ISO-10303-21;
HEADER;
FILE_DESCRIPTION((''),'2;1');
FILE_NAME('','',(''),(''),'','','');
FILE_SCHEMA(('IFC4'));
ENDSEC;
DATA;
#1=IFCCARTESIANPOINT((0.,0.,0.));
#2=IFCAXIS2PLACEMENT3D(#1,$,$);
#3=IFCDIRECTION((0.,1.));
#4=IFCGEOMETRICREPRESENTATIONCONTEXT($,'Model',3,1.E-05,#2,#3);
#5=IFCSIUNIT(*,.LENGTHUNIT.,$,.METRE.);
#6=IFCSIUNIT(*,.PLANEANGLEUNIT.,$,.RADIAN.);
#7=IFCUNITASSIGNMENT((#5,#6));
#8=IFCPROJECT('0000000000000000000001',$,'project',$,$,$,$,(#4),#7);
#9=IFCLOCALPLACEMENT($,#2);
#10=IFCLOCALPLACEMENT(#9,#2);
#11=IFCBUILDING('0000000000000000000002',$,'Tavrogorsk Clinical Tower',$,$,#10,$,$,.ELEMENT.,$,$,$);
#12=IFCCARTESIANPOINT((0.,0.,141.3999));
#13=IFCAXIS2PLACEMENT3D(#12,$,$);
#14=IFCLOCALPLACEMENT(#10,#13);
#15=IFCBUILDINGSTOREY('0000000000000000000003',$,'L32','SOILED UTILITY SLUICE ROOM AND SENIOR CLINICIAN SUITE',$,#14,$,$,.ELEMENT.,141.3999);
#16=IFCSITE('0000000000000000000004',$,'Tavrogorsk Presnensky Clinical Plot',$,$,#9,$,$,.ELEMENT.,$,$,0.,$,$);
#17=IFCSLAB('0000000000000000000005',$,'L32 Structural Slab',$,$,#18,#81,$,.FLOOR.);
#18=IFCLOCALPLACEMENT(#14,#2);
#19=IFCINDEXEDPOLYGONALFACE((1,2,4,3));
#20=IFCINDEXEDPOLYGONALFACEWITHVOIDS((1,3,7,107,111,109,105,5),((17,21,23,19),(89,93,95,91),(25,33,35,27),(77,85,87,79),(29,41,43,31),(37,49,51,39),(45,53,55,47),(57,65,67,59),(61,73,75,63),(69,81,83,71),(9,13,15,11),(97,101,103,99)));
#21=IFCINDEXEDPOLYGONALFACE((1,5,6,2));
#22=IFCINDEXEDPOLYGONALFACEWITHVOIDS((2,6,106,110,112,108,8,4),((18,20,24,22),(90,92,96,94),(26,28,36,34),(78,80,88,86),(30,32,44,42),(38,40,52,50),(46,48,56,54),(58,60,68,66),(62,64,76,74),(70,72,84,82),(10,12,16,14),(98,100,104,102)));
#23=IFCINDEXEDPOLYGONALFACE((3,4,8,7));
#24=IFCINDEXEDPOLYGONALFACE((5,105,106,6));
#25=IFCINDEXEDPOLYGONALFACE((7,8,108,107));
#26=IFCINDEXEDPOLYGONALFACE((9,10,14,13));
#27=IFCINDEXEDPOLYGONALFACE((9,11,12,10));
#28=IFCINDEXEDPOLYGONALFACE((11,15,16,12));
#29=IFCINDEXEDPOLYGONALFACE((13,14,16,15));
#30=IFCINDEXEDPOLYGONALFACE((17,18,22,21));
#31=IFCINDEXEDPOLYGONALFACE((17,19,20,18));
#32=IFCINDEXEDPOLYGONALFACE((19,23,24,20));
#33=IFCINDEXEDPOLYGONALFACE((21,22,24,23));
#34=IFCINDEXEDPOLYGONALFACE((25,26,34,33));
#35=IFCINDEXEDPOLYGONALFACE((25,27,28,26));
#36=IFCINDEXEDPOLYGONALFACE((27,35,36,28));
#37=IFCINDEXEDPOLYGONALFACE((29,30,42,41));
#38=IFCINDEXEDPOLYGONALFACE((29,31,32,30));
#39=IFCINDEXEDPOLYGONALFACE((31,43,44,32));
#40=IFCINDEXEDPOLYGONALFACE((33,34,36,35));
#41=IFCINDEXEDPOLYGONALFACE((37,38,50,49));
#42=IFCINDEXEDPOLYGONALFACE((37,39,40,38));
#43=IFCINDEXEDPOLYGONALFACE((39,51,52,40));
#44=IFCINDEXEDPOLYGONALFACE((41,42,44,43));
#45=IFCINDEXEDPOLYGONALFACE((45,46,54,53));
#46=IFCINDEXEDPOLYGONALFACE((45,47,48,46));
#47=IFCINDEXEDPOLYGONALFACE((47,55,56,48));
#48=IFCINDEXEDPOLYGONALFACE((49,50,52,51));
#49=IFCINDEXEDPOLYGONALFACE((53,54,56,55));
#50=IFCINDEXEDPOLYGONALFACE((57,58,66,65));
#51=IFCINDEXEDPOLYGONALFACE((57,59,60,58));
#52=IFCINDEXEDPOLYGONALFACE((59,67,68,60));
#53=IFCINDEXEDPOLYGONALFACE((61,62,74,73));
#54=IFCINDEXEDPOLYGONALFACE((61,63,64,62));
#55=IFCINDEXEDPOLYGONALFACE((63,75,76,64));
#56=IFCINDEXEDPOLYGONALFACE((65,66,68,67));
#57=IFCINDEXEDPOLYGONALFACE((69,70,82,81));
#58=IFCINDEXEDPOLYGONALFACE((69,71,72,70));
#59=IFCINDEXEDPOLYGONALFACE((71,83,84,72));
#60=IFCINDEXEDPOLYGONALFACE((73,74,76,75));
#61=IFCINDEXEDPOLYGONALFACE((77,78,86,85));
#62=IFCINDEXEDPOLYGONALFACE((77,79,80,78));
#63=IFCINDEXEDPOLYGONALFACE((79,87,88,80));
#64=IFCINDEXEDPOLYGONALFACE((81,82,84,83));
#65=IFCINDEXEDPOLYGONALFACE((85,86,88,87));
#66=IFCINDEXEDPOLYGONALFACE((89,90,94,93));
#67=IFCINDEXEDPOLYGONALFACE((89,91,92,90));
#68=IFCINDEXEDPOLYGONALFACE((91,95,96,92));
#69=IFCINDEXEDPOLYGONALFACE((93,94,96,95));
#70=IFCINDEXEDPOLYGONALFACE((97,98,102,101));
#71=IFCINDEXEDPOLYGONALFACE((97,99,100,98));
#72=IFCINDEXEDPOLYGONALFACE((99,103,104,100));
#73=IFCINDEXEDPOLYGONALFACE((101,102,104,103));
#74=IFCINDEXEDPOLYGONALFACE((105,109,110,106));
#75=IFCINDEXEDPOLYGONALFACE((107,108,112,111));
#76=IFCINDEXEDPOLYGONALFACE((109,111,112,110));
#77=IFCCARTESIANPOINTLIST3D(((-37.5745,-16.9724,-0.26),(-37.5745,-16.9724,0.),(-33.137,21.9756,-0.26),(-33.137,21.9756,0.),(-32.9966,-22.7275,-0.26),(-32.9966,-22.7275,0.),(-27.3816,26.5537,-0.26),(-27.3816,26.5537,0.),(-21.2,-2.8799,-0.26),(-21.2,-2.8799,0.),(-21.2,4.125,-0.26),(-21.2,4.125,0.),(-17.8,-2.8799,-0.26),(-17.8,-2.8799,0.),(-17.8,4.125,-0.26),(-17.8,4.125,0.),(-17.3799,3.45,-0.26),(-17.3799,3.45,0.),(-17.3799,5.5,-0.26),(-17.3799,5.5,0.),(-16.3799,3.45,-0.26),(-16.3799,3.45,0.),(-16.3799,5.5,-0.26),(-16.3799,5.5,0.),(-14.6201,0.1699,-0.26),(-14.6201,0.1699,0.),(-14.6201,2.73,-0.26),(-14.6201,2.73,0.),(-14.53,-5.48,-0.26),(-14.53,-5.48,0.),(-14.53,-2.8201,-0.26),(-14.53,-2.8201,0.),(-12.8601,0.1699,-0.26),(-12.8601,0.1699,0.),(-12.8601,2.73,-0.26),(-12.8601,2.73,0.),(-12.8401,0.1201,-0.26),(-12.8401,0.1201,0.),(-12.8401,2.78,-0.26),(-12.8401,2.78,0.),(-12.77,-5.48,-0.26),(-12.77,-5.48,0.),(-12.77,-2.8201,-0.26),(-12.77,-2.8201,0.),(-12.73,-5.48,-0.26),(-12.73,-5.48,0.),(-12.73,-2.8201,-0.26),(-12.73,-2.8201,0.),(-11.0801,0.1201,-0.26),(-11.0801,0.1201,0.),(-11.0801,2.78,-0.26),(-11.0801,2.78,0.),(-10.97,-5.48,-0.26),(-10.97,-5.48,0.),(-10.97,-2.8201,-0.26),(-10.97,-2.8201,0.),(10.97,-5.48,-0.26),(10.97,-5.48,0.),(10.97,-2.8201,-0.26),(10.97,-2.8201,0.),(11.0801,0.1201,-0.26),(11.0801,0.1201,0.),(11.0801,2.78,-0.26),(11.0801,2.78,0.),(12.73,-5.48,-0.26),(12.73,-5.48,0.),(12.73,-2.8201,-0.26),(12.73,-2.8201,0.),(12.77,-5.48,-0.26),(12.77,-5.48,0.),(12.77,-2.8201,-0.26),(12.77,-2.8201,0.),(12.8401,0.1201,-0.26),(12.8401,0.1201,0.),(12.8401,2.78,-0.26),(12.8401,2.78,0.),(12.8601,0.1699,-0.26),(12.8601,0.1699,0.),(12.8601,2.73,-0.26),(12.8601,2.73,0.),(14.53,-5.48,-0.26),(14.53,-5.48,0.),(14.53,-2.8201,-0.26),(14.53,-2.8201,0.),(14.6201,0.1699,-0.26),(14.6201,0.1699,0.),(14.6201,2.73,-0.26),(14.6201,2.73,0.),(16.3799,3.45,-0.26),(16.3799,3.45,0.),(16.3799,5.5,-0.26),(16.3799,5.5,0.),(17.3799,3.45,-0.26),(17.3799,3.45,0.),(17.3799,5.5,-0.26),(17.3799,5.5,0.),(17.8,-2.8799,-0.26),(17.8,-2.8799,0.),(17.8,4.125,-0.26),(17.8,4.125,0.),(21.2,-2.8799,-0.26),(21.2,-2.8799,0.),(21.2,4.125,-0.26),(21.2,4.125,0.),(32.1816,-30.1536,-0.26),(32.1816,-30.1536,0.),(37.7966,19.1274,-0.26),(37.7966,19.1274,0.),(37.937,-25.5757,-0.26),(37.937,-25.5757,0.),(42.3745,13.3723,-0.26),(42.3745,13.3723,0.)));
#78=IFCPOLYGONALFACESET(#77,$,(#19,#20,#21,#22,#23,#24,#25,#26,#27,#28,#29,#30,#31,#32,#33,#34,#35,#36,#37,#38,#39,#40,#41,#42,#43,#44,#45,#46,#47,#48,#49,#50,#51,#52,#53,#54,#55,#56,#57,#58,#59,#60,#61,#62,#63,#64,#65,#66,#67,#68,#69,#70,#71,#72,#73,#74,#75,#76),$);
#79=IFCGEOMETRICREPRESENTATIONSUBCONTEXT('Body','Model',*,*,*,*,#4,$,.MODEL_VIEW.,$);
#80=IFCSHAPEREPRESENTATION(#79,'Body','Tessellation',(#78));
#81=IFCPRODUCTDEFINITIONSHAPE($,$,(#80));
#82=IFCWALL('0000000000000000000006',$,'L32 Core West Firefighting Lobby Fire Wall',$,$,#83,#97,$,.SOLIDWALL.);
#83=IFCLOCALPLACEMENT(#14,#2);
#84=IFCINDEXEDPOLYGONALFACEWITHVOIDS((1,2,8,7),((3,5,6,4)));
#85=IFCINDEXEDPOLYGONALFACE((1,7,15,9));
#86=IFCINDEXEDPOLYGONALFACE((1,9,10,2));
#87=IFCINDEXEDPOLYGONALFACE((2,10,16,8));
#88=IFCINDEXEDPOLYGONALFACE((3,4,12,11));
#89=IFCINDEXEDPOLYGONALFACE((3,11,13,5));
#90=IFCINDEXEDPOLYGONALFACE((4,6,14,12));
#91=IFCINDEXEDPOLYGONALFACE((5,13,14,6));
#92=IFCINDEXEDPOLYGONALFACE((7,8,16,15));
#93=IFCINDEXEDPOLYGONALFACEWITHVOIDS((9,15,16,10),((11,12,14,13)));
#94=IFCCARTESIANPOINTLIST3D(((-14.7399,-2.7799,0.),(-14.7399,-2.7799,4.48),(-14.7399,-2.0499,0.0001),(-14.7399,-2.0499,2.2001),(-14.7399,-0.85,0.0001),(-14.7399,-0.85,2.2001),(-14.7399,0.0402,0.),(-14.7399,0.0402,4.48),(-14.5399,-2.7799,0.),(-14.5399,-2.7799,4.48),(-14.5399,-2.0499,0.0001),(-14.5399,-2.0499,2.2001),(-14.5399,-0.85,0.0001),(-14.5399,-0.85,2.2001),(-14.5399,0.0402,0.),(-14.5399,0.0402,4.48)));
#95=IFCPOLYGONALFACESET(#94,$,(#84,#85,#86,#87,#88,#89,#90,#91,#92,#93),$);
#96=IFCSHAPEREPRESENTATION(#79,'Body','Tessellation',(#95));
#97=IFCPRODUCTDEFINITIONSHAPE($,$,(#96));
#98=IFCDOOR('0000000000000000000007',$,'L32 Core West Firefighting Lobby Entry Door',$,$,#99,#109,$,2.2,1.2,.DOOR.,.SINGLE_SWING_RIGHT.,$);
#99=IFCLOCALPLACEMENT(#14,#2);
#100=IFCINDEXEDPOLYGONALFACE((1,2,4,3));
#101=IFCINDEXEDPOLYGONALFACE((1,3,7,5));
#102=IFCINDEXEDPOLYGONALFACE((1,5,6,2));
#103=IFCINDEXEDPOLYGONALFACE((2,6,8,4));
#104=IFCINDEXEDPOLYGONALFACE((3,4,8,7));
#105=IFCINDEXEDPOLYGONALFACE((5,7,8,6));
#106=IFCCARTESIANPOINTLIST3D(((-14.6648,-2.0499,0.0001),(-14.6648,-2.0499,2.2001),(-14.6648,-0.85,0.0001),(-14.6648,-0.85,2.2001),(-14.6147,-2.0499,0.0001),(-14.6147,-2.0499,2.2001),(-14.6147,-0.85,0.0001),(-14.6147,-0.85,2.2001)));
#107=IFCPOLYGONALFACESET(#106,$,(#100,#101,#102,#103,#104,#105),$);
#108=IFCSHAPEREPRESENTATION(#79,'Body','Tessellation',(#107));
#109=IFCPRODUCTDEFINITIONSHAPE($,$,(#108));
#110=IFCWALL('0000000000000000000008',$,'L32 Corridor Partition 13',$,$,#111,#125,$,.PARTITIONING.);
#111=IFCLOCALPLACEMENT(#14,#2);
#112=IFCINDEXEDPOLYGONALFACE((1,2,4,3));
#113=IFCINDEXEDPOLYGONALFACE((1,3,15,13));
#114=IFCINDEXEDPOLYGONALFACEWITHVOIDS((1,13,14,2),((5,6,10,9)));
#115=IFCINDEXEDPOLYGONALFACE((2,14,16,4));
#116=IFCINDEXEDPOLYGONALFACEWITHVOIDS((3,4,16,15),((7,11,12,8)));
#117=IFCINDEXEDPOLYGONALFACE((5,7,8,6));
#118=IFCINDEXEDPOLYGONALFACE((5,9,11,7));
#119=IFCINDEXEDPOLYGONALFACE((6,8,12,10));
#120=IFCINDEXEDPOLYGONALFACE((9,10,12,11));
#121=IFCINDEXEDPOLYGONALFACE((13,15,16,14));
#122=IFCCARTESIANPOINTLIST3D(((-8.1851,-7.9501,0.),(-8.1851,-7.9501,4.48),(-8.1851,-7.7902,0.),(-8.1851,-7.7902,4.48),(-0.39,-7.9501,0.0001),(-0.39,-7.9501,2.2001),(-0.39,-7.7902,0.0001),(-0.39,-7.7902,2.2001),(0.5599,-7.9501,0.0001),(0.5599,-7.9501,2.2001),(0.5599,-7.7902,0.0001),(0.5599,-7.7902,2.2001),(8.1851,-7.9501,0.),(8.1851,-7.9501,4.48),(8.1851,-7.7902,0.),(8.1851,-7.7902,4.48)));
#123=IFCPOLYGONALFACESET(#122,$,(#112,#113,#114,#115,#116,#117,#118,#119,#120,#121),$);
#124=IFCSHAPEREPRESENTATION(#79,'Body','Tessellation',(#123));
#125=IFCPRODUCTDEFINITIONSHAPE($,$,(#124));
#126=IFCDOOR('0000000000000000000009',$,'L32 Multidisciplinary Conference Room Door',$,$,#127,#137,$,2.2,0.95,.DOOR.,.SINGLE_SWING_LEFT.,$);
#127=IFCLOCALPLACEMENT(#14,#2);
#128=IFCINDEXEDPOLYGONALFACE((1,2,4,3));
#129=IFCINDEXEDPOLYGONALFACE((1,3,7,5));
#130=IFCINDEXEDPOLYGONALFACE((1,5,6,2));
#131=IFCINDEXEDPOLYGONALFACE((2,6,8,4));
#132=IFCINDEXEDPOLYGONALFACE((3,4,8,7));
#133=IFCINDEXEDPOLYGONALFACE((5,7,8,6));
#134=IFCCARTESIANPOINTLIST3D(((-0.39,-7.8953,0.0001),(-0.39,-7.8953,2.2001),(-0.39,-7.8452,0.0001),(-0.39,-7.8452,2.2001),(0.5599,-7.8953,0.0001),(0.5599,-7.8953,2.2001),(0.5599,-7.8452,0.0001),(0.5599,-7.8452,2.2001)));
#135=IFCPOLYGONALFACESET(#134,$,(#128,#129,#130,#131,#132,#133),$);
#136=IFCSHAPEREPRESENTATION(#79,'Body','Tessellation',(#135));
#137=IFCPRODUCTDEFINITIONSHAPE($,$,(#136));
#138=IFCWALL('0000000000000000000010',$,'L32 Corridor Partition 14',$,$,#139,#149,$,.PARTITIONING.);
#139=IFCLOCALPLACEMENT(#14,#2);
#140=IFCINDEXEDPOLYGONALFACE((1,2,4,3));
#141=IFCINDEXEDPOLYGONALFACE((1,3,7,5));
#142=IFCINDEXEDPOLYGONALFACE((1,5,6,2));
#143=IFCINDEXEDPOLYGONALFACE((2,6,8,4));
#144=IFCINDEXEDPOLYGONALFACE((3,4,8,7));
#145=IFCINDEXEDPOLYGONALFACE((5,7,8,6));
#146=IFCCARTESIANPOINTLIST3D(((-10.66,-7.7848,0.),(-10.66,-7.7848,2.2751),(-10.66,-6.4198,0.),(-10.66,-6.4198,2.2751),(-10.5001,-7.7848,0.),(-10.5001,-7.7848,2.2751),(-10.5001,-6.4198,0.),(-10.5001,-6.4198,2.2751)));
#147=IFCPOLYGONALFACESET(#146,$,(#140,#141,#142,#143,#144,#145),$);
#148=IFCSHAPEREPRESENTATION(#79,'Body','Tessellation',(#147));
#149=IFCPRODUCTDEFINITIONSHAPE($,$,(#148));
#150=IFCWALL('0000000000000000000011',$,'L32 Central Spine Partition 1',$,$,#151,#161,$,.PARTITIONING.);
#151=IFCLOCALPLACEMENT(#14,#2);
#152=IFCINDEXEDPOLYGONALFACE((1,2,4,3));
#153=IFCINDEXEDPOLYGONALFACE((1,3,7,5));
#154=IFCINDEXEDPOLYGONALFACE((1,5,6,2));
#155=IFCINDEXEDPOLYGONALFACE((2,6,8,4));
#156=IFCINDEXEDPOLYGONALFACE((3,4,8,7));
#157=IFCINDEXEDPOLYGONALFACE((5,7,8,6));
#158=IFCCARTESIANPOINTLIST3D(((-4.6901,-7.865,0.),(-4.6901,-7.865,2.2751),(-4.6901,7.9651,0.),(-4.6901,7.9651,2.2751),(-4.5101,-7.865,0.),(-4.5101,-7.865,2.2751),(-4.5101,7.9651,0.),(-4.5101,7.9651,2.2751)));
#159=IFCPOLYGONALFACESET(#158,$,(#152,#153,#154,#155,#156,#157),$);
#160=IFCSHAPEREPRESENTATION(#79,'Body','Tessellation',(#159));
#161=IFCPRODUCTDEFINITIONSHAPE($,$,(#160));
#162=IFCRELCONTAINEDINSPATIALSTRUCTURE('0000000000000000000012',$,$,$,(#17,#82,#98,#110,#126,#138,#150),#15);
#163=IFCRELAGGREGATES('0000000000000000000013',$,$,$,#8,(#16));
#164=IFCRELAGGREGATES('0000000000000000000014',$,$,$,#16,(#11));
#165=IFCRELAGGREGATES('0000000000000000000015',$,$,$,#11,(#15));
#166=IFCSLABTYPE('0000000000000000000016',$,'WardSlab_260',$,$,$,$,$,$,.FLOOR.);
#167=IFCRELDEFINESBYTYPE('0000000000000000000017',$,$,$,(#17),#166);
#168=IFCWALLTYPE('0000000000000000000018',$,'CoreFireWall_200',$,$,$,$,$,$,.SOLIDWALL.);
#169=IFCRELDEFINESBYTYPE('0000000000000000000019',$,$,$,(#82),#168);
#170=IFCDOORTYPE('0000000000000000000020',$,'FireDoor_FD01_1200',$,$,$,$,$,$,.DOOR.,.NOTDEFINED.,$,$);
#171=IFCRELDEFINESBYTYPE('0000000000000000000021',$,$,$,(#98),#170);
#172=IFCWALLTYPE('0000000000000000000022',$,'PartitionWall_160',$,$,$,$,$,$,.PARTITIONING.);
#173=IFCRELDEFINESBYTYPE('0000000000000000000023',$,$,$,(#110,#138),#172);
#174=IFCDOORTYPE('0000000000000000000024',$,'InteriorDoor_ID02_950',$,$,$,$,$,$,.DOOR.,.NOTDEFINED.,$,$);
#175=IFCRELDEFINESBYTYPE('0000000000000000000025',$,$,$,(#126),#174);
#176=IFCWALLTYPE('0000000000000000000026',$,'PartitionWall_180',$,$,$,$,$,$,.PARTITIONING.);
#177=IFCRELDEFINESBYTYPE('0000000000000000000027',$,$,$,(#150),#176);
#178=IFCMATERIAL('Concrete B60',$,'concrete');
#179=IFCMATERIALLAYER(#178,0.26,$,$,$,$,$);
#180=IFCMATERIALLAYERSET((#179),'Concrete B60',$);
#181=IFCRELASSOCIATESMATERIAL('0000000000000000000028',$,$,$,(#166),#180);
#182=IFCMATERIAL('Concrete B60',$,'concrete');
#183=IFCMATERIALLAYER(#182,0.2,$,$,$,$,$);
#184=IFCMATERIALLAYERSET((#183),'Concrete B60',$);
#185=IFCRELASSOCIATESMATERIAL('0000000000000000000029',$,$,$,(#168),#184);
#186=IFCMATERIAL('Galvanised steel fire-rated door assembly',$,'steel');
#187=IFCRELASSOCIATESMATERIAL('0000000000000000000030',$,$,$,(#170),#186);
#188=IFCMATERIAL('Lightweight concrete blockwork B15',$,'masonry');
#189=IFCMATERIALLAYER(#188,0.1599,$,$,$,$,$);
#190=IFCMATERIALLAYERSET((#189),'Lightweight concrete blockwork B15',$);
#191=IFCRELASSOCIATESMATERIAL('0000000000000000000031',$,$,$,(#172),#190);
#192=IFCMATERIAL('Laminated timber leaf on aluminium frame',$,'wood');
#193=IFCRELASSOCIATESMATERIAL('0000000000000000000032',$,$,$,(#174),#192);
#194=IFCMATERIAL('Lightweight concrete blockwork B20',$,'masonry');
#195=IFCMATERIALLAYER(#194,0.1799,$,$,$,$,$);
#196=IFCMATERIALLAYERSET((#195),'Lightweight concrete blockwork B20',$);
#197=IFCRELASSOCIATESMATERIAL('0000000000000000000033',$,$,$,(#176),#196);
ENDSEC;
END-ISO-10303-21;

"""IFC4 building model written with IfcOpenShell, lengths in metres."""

from ifc_helpers import new_model, si_unit, direction, frame, frame_2d, origin, place, context, subcontext, project, spatial, polyline, rectangle, outline, extrude, material, layer, layer_set, type_object, element, fill, save


model = new_model("IFC4")

# Units and contexts
model_context = context("Model", 3, precision=1e-05, world=origin(), true_north=direction((0.0, 1.0)))
body_context = subcontext(model_context, "Body", "Model", "MODEL_VIEW")
ifc_project = project(units=[si_unit("LENGTHUNIT", "METRE"), si_unit("PLANEANGLEUNIT", "RADIAN")], contexts=[model_context])

# Site, building, storey
site_placement = place(None, origin())
site = spatial("IfcSite", under=ifc_project, at=site_placement, Name="Tavrogorsk Presnensky Clinical Plot", CompositionType="ELEMENT", RefElevation=0.0)
building_placement = place(site_placement, origin())
building = spatial("IfcBuilding", under=site, at=building_placement, Name="Tavrogorsk Clinical Tower", CompositionType="ELEMENT")
storey_placement = place(building_placement, frame((0.0, 0.0, 141.3999)))
storey = spatial("IfcBuildingStorey", under=building, at=storey_placement, Name="L32", Description="SOILED UTILITY SLUICE ROOM AND SENIOR CLINICIAN SUITE", CompositionType="ELEMENT", Elevation=141.3999)

# Slab
ifc_material_1 = material(Name="Concrete B60", Category="concrete")
ifc_layer_1 = layer(ifc_material_1, 0.26)
ifc_layer_set_1 = layer_set([ifc_layer_1], Name="Concrete B60")
slab_type_1 = type_object("IfcSlabType", Name="WardSlab_260", PredefinedType="FLOOR", material=ifc_layer_set_1)
slab_1_placement = place(storey_placement, frame((0.0, 0.0, -0.26)))
element("IfcSlab", 1, at=slab_1_placement, inside=storey, type_object=slab_type_1, Name="L32 Structural Slab", PredefinedType="FLOOR", context=body_context, shape_type="SweptSolid", body=[
    extrude(outline(polyline([(-32.9966, -22.7275), (32.1816, -30.1536), (37.937, -25.5757), (42.3745, 13.3723), (37.7966, 19.1274), (-27.3816, 26.5537), (-33.137, 21.9756), (-37.5745, -16.9724), (-32.9966, -22.7275)]), holes=[polyline([(-17.8, -2.8799), (-17.8, 4.125), (-21.2, 4.125), (-21.2, -2.8799), (-17.8, -2.8799)]), polyline([(21.2, -2.8799), (21.2, 4.125), (17.8, 4.125), (17.8, -2.8799), (21.2, -2.8799)]), polyline([(-14.6201, 0.1699), (-12.8601, 0.1699), (-12.8601, 2.73), (-14.6201, 2.73), (-14.6201, 0.1699)]), polyline([(-14.53, -5.48), (-12.77, -5.48), (-12.77, -2.8201), (-14.53, -2.8201), (-14.53, -5.48)]), polyline([(-12.73, -5.48), (-10.97, -5.48), (-10.97, -2.8201), (-12.73, -2.8201), (-12.73, -5.48)]), polyline([(-12.8401, 0.1201), (-11.0801, 0.1201), (-11.0801, 2.78), (-12.8401, 2.78), (-12.8401, 0.1201)]), polyline([(12.8601, 0.1699), (14.6201, 0.1699), (14.6201, 2.73), (12.8601, 2.73), (12.8601, 0.1699)]), polyline([(12.77, -5.48), (14.53, -5.48), (14.53, -2.8201), (12.77, -2.8201), (12.77, -5.48)]), polyline([(10.97, -5.48), (12.73, -5.48), (12.73, -2.8201), (10.97, -2.8201), (10.97, -5.48)]), polyline([(11.0801, 0.1201), (12.8401, 0.1201), (12.8401, 2.78), (11.0801, 2.78), (11.0801, 0.1201)]), polyline([(-17.3799, 3.45), (-16.3799, 3.45), (-16.3799, 5.5), (-17.3799, 5.5), (-17.3799, 3.45)]), polyline([(16.3799, 3.45), (17.3799, 3.45), (17.3799, 5.5), (16.3799, 5.5), (16.3799, 3.45)])]), origin(), (0.0, 0.0, 1.0), 0.26),
])

# Walls, openings, doors
ifc_material_2 = material(Name="Concrete B60", Category="concrete")
ifc_layer_2 = layer(ifc_material_2, 0.2)
ifc_layer_set_2 = layer_set([ifc_layer_2], Name="Concrete B60")
wall_type_1 = type_object("IfcWallType", Name="CoreFireWall_200", PredefinedType="SOLIDWALL", material=ifc_layer_set_2)
wall_1_placement = place(storey_placement, frame((-14.6399, -2.78, 0.0), z_axis=(0.0, 0.0, 1.0), x_axis=(0.0, 1.0, 0.0)))
wall_1 = element("IfcWall", 2, at=wall_1_placement, inside=storey, type_object=wall_type_1, Name="L32 Core West Firefighting Lobby Fire Wall", PredefinedType="SOLIDWALL", context=body_context, shape_type="SweptSolid", body=[
    extrude(rectangle(XDim=2.8201, YDim=0.2, at=frame_2d((1.4102, 0.0))), origin(), (0.0, 0.0, 1.0), 4.48),
])
opening_1_placement = place(wall_1_placement, frame((0.73, 0.0, 0.0)))
opening_1 = element("IfcOpeningElement", 3, at=opening_1_placement, cuts=wall_1, PredefinedType="OPENING", context=body_context, shape_type="SweptSolid", body=[
    extrude(rectangle(XDim=1.2, YDim=2.2, at=frame_2d((0.6001, 1.1001))), frame((0.0, 0.1099, 0.0), z_axis=(0.0, -1.0, 0.0), x_axis=(1.0, 0.0, 0.0)), (0.0, 0.0, 1.0), 0.22),
])
ifc_material_3 = material(Name="Galvanised steel fire-rated door assembly", Category="steel")
door_type_1 = type_object("IfcDoorType", Name="FireDoor_FD01_1200", OperationType="NOTDEFINED", PredefinedType="DOOR", material=ifc_material_3)
door_1_placement = place(opening_1_placement, origin())
door_1 = element("IfcDoor", 4, at=door_1_placement, inside=storey, type_object=door_type_1, Name="L32 Core West Firefighting Lobby Entry Door", OperationType="SINGLE_SWING_RIGHT", OverallHeight=2.2, OverallWidth=1.2, PredefinedType="DOOR", context=body_context, shape_type="SweptSolid", body=[
    extrude(rectangle(XDim=1.2, YDim=2.2, at=frame_2d((0.6001, 1.1001))), frame((0.0, 0.0249, 0.0), z_axis=(0.0, -1.0, 0.0), x_axis=(1.0, 0.0, 0.0)), (0.0, 0.0, 1.0), 0.05),
])
fill(opening_1, door_1)
ifc_material_4 = material(Name="Lightweight concrete blockwork B15", Category="masonry")
ifc_layer_3 = layer(ifc_material_4, 0.1599)
ifc_layer_set_3 = layer_set([ifc_layer_3], Name="Lightweight concrete blockwork B15")
wall_type_2 = type_object("IfcWallType", Name="PartitionWall_160", PredefinedType="PARTITIONING", material=ifc_layer_set_3)
wall_2_placement = place(storey_placement, frame((-8.1851, -7.8701, 0.0), z_axis=(0.0, 0.0, 1.0), x_axis=(1.0, 0.0, 0.0)))
wall_2 = element("IfcWall", 5, at=wall_2_placement, inside=storey, type_object=wall_type_2, Name="L32 Corridor Partition 13", PredefinedType="PARTITIONING", context=body_context, shape_type="SweptSolid", body=[
    extrude(rectangle(XDim=16.3701, YDim=0.1599, at=frame_2d((8.1851, 0.0))), origin(), (0.0, 0.0, 1.0), 4.48),
])
opening_2_placement = place(wall_2_placement, frame((7.7949, 0.0, 0.0)))
opening_2 = element("IfcOpeningElement", 6, at=opening_2_placement, cuts=wall_2, PredefinedType="OPENING", context=body_context, shape_type="SweptSolid", body=[
    extrude(rectangle(XDim=0.95, YDim=2.2, at=frame_2d((0.4751, 1.1001))), frame((0.0, 0.0898, 0.0), z_axis=(0.0, -1.0, 0.0), x_axis=(1.0, 0.0, 0.0)), (0.0, 0.0, 1.0), 0.1799),
])
ifc_material_5 = material(Name="Laminated timber leaf on aluminium frame", Category="wood")
door_type_2 = type_object("IfcDoorType", Name="InteriorDoor_ID02_950", OperationType="NOTDEFINED", PredefinedType="DOOR", material=ifc_material_5)
door_2_placement = place(opening_2_placement, origin())
door_2 = element("IfcDoor", 7, at=door_2_placement, inside=storey, type_object=door_type_2, Name="L32 Multidisciplinary Conference Room Door", OperationType="SINGLE_SWING_LEFT", OverallHeight=2.2, OverallWidth=0.95, PredefinedType="DOOR", context=body_context, shape_type="SweptSolid", body=[
    extrude(rectangle(XDim=0.95, YDim=2.2, at=frame_2d((0.4751, 1.1001))), frame((0.0, 0.0249, 0.0), z_axis=(0.0, -1.0, 0.0), x_axis=(1.0, 0.0, 0.0)), (0.0, 0.0, 1.0), 0.05),
])
fill(opening_2, door_2)

# Walls
wall_3_placement = place(storey_placement, frame((-10.5801, -7.7849, 0.0), z_axis=(0.0, 0.0, 1.0), x_axis=(0.0, 1.0, 0.0)))
element("IfcWall", 8, at=wall_3_placement, inside=storey, type_object=wall_type_2, Name="L32 Corridor Partition 14", PredefinedType="PARTITIONING", context=body_context, shape_type="SweptSolid", body=[
    extrude(rectangle(XDim=1.365, YDim=0.1599, at=frame_2d((0.6826, 0.0))), origin(), (0.0, 0.0, 1.0), 2.2751),
])
ifc_material_6 = material(Name="Lightweight concrete blockwork B20", Category="masonry")
ifc_layer_4 = layer(ifc_material_6, 0.1799)
ifc_layer_set_4 = layer_set([ifc_layer_4], Name="Lightweight concrete blockwork B20")
wall_type_3 = type_object("IfcWallType", Name="PartitionWall_180", PredefinedType="PARTITIONING", material=ifc_layer_set_4)
wall_4_placement = place(storey_placement, frame((-4.6001, -7.865, 0.0), z_axis=(0.0, 0.0, 1.0), x_axis=(0.0, 1.0, 0.0)))
element("IfcWall", 9, at=wall_4_placement, inside=storey, type_object=wall_type_3, Name="L32 Central Spine Partition 1", PredefinedType="PARTITIONING", context=body_context, shape_type="SweptSolid", body=[
    extrude(rectangle(XDim=15.8301, YDim=0.1799, at=frame_2d((7.915, 0.0))), origin(), (0.0, 0.0, 1.0), 2.2751),
])

save(model, "model.ifc")
